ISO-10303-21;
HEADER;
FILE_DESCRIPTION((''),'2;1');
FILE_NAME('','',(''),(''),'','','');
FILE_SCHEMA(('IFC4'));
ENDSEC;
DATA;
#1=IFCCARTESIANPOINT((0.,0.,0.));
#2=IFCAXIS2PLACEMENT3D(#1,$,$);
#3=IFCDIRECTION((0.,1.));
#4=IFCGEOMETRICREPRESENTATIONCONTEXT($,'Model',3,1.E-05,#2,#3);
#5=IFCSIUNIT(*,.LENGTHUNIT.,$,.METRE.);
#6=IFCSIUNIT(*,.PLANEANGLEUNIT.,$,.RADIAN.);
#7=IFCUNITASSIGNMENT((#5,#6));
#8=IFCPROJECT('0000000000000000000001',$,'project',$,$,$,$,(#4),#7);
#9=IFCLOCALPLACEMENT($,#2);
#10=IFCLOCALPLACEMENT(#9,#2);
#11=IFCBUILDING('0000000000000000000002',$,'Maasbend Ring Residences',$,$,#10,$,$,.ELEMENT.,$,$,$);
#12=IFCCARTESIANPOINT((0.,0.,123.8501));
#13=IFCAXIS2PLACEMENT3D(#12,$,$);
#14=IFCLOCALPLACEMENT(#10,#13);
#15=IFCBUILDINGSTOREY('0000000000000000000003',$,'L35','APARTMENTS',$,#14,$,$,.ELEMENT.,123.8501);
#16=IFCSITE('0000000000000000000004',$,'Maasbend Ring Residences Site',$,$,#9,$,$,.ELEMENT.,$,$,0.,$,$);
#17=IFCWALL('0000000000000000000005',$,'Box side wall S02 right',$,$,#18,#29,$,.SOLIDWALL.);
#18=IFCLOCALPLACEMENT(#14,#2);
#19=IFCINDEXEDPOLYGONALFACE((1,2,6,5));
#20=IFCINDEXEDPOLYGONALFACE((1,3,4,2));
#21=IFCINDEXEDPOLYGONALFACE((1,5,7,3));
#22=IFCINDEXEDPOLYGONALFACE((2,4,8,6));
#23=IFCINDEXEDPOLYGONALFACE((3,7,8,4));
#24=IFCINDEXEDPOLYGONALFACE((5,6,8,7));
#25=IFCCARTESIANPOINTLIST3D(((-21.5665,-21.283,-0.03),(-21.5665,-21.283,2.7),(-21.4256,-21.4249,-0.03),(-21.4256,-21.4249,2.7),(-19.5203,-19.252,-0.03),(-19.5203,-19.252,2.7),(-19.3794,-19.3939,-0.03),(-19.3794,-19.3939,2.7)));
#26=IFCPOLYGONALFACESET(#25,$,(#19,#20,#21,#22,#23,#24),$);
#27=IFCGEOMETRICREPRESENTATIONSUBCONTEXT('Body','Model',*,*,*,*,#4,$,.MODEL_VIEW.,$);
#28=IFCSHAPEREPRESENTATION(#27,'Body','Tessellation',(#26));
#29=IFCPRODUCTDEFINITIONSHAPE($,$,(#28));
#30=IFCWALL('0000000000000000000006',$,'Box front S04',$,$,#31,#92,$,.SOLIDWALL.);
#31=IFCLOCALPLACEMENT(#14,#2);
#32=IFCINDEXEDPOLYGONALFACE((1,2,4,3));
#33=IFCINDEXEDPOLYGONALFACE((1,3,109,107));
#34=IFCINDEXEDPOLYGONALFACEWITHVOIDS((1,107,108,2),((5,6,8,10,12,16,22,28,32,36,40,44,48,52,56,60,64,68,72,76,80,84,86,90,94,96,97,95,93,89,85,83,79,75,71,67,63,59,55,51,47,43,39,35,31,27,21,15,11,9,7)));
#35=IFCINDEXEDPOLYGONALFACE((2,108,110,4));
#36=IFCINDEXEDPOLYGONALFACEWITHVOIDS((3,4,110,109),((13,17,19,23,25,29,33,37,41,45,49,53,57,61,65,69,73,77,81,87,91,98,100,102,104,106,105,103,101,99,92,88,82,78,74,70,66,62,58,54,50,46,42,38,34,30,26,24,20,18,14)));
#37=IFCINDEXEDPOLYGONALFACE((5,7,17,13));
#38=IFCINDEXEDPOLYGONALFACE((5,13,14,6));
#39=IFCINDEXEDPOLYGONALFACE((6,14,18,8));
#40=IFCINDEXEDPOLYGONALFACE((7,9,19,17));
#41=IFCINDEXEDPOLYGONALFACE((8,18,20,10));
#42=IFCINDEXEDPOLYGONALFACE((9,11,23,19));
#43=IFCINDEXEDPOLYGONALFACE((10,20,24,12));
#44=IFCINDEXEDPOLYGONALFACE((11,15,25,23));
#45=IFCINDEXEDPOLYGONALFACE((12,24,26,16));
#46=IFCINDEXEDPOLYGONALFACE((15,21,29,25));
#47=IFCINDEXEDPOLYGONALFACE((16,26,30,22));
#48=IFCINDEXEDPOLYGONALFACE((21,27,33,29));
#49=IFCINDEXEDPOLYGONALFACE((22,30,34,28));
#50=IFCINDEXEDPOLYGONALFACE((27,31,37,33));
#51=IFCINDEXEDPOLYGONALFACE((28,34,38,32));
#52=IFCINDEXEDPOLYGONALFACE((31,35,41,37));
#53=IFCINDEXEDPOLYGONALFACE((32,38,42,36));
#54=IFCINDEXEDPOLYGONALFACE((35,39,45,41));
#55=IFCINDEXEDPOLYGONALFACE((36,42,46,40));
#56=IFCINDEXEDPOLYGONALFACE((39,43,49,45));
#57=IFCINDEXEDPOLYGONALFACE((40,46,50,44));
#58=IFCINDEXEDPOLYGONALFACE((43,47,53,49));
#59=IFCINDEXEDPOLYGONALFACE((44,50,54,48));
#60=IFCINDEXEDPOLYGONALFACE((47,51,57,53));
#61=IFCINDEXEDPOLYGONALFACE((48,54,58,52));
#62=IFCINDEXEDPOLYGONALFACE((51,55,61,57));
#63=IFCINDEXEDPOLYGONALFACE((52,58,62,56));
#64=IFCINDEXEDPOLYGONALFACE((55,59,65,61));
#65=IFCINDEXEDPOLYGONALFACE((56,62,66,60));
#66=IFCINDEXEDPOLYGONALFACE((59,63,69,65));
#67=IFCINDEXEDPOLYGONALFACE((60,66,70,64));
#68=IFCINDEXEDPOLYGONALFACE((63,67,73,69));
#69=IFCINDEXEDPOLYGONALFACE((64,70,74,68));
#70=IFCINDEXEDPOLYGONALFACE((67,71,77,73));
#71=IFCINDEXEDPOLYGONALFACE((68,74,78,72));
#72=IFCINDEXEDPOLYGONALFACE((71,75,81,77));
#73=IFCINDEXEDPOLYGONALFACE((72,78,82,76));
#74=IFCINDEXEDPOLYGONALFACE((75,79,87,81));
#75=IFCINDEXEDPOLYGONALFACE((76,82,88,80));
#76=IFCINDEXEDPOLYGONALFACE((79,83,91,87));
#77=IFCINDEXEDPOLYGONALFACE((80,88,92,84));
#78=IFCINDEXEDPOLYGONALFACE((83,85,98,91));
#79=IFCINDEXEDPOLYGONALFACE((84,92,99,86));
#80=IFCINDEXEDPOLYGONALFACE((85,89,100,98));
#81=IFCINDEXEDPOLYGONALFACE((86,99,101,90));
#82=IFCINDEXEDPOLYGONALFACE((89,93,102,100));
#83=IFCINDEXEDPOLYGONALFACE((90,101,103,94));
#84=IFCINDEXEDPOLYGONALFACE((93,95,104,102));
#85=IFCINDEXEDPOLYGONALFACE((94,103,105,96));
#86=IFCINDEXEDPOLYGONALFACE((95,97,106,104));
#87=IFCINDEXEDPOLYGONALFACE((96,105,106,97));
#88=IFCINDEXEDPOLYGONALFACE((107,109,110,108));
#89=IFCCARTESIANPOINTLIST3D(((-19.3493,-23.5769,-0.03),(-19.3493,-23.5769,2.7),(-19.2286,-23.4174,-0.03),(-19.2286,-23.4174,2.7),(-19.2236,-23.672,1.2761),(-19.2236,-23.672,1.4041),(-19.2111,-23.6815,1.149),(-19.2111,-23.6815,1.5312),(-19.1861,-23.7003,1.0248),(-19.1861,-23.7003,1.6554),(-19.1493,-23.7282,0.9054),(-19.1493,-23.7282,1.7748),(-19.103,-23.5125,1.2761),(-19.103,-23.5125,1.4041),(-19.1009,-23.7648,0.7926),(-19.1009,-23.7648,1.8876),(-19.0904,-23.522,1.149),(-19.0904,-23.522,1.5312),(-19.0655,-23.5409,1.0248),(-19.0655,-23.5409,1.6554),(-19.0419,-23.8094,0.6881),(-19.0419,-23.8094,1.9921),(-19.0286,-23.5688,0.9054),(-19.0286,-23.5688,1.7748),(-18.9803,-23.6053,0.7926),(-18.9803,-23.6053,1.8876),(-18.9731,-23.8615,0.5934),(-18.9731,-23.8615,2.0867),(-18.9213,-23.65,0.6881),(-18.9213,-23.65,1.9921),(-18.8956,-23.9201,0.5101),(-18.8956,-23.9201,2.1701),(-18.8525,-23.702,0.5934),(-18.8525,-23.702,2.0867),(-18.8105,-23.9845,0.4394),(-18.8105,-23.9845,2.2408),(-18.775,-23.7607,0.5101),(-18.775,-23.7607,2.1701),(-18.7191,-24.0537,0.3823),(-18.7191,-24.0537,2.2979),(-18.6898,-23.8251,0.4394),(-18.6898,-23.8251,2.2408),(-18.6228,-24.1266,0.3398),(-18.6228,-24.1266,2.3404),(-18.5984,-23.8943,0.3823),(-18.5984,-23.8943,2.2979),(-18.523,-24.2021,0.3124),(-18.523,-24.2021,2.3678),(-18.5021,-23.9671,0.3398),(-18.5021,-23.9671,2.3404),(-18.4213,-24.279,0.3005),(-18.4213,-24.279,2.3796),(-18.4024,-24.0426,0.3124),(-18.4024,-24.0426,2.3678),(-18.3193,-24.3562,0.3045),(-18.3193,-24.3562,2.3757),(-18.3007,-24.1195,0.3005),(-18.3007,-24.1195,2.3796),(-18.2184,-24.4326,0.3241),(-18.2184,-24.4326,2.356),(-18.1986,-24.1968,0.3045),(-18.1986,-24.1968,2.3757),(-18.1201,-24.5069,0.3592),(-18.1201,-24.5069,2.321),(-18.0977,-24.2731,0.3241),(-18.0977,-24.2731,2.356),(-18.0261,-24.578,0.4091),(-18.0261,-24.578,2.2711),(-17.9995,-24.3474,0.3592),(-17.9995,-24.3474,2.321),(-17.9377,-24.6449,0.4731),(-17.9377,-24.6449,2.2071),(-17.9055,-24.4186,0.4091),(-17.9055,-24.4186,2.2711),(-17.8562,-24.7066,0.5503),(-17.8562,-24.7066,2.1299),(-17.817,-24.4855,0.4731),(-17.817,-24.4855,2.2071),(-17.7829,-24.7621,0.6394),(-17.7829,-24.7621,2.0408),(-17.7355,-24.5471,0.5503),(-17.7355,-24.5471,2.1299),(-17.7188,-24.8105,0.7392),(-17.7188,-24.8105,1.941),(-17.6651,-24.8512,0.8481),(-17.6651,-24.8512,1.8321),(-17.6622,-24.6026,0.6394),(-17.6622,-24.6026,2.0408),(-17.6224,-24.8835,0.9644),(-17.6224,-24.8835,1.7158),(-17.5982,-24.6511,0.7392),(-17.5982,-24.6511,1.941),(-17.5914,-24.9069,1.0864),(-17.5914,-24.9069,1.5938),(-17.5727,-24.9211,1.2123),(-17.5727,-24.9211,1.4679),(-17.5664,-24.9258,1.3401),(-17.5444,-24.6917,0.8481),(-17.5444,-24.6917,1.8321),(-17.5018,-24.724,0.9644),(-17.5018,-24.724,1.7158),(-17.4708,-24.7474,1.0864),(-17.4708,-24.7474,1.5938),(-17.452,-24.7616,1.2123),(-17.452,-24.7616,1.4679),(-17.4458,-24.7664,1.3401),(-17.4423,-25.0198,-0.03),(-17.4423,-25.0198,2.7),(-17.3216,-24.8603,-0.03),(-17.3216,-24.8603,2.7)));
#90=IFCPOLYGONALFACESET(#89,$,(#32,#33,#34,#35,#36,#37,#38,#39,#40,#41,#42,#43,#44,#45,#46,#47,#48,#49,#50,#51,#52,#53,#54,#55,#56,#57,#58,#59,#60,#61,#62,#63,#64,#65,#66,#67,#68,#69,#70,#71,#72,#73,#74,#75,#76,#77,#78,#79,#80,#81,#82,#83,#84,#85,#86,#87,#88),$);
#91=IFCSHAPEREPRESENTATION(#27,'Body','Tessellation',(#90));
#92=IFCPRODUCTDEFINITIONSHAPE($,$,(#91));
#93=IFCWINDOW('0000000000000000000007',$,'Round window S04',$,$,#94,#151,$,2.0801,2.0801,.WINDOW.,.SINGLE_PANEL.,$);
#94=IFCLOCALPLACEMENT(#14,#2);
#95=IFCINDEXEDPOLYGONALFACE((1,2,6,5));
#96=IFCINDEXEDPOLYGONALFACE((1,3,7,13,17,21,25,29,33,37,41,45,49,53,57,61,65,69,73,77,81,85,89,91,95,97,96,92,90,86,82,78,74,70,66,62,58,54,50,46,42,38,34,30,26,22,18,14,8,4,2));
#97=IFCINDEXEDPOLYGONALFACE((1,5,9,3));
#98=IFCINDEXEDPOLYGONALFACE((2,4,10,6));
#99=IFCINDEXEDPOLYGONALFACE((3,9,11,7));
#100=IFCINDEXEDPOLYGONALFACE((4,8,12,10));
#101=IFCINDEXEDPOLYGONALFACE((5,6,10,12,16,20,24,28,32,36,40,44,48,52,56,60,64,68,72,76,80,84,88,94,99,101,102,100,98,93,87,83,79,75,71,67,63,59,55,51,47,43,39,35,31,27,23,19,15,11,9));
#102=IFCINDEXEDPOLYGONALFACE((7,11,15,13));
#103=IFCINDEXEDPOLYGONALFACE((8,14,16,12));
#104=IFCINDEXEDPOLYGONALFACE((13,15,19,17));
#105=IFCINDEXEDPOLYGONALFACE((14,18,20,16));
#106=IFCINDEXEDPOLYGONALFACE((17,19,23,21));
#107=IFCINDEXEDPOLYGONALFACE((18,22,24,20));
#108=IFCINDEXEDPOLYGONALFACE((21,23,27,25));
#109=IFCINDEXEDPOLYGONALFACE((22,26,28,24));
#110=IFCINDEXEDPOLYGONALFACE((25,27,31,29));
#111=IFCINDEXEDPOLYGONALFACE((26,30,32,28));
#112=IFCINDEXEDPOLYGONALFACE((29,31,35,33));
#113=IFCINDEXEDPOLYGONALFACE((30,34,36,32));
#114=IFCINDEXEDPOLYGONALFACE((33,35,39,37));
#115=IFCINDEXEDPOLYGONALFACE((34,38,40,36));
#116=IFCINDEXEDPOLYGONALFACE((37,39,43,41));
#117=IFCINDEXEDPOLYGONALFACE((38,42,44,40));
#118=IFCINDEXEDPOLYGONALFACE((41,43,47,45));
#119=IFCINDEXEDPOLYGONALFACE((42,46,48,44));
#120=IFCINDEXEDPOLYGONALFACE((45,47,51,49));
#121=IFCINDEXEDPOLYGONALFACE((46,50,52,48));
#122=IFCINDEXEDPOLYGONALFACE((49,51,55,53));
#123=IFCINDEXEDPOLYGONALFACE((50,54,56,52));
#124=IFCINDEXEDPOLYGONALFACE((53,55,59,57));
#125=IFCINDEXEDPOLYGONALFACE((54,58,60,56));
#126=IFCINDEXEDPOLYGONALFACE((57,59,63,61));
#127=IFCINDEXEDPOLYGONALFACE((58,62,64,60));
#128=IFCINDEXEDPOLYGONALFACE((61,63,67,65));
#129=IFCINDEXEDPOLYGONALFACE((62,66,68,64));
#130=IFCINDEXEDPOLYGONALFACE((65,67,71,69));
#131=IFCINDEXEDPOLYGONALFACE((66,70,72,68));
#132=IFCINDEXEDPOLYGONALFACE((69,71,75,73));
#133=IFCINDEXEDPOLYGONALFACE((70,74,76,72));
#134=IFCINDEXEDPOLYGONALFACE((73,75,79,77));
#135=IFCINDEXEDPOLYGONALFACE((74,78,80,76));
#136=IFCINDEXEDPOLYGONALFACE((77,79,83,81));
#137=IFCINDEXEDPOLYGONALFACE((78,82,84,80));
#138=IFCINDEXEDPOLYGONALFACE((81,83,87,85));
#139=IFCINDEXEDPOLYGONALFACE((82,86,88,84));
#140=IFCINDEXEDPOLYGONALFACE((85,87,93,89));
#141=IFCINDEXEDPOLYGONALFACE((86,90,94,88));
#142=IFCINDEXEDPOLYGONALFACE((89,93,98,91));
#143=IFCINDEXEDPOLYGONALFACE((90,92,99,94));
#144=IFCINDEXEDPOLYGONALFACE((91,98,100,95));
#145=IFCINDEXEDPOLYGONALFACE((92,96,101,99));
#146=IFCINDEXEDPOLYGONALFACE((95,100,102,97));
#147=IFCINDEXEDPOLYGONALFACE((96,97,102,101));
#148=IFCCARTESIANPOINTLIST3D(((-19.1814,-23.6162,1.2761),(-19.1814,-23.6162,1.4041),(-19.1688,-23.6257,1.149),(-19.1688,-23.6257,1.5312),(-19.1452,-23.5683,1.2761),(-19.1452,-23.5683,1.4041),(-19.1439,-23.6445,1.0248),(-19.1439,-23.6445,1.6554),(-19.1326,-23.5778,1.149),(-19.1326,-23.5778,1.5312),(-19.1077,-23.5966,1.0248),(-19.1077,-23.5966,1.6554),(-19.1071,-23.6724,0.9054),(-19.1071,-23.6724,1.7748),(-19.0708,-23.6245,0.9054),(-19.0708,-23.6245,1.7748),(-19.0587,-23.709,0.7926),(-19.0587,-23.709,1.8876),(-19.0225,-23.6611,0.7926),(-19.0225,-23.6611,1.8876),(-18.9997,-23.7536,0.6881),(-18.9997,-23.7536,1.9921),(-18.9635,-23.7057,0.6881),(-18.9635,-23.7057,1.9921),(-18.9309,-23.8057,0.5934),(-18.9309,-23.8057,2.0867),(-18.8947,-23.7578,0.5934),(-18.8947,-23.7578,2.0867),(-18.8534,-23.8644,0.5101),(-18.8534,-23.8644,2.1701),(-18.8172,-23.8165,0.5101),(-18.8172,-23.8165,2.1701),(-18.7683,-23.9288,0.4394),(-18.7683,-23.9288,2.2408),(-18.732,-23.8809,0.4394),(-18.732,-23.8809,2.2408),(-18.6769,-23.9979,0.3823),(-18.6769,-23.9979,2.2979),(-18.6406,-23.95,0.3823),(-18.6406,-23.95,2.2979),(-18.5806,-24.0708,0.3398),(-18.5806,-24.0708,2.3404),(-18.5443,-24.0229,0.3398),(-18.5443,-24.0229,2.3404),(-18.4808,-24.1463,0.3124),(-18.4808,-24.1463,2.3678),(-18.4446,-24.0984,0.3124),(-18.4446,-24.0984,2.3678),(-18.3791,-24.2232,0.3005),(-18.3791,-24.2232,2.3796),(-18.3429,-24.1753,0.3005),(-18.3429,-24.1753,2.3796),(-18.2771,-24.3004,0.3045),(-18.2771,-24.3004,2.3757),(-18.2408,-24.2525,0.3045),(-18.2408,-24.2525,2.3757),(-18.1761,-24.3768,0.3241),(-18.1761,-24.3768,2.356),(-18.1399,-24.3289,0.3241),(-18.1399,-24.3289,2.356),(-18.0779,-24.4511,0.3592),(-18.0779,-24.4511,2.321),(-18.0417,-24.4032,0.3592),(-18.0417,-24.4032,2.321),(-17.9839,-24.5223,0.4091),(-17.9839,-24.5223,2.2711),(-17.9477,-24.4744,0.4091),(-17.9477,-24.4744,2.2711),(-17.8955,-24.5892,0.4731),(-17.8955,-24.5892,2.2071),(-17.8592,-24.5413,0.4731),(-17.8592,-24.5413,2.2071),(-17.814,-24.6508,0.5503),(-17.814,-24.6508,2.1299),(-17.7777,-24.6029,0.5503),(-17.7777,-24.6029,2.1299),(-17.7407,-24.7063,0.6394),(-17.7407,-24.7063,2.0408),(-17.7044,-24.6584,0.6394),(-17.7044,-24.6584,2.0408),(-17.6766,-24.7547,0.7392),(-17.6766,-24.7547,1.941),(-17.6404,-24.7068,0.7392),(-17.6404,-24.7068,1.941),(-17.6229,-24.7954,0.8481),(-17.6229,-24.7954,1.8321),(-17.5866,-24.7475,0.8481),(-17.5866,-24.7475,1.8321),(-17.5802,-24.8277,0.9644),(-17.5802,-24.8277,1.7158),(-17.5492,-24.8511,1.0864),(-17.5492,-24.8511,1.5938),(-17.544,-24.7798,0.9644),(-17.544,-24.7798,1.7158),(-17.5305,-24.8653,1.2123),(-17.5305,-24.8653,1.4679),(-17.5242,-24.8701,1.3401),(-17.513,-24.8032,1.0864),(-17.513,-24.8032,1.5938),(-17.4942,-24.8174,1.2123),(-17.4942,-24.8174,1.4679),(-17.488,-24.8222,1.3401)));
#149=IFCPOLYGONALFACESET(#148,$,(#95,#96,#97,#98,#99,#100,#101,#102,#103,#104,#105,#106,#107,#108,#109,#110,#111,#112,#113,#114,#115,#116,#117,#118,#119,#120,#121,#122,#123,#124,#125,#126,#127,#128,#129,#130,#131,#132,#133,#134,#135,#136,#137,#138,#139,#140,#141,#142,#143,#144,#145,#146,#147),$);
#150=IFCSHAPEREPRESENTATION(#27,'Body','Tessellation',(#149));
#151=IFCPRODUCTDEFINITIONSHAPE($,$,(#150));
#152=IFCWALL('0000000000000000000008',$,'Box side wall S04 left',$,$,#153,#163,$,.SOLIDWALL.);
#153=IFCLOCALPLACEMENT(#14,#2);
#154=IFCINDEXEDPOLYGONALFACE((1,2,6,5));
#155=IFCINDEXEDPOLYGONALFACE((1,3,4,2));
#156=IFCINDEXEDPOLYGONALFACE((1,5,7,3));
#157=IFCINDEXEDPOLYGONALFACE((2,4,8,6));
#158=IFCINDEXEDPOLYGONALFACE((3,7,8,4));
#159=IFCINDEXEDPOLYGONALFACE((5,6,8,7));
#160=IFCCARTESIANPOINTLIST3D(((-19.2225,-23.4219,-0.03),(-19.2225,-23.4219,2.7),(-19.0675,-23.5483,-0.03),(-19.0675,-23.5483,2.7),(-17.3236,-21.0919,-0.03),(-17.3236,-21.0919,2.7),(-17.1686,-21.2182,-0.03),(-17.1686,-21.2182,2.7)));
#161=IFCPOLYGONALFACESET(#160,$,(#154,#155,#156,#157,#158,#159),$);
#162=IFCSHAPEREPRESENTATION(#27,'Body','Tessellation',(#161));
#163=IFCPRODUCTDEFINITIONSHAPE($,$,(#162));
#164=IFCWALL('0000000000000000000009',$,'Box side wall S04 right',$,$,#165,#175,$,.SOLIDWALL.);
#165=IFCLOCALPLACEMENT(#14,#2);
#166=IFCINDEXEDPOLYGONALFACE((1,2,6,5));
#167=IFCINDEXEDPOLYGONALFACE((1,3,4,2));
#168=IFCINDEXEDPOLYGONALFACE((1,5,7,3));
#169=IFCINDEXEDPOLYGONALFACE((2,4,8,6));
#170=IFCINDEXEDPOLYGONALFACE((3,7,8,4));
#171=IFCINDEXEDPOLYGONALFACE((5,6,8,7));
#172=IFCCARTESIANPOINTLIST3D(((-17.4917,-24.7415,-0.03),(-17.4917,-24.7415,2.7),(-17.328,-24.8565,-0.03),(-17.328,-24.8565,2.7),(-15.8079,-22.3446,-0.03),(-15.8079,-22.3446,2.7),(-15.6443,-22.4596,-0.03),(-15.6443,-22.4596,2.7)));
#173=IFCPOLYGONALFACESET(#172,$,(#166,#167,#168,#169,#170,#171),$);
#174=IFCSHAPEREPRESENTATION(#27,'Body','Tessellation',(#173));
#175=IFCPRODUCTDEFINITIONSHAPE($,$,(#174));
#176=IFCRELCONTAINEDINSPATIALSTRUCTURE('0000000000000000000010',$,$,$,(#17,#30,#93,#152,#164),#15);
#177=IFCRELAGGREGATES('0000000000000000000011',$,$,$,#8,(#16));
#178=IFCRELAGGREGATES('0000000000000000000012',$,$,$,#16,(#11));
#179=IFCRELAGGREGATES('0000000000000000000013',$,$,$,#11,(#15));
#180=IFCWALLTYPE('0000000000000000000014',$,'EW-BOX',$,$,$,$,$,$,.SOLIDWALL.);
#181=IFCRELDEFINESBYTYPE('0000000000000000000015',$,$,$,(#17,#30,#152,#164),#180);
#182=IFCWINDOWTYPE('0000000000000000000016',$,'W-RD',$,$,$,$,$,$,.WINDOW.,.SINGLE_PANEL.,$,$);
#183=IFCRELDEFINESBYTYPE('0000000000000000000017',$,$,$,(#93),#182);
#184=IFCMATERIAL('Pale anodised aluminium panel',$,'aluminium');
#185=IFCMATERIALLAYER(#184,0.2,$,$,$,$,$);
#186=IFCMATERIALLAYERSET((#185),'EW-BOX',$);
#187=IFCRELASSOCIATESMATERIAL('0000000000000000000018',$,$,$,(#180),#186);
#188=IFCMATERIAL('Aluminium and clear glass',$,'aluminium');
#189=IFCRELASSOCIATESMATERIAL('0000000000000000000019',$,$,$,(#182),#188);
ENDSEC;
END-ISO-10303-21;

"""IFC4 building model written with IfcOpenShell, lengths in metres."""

from ifc_helpers import new_model, si_unit, direction, frame, frame_2d, origin, place, context, subcontext, project, spatial, rectangle, circle, extrude, material, layer, layer_set, type_object, element, fill, save


model = new_model("IFC4")

# Units and contexts
model_context = context("Model", 3, precision=1e-05, world=origin(), true_north=direction((0.0, 1.0)))
body_context = subcontext(model_context, "Body", "Model", "MODEL_VIEW")
ifc_project = project(units=[si_unit("LENGTHUNIT", "METRE"), si_unit("PLANEANGLEUNIT", "RADIAN")], contexts=[model_context])

# Site, building, storey
site_placement = place(None, origin())
site = spatial("IfcSite", under=ifc_project, at=site_placement, Name="Maasbend Ring Residences Site", CompositionType="ELEMENT", RefElevation=0.0)
building_placement = place(site_placement, origin())
building = spatial("IfcBuilding", under=site, at=building_placement, Name="Maasbend Ring Residences", CompositionType="ELEMENT")
storey_placement = place(building_placement, frame((0.0, 0.0, 123.8501)))
storey = spatial("IfcBuildingStorey", under=building, at=storey_placement, Name="L35", Description="APARTMENTS", CompositionType="ELEMENT", Elevation=123.8501)

# Shared definitions
ifc_material_1 = material(Name="Pale anodised aluminium panel", Category="aluminium")
ifc_layer_1 = layer(ifc_material_1, 0.2)
ifc_layer_set_1 = layer_set([ifc_layer_1], Name="EW-BOX")
wall_type_1 = type_object("IfcWallType", Name="EW-BOX", PredefinedType="SOLIDWALL", material=ifc_layer_set_1)
ifc_material_2 = material(Name="Aluminium and clear glass", Category="aluminium")
window_type_1 = type_object("IfcWindowType", Name="W-RD", PartitioningType="SINGLE_PANEL", PredefinedType="WINDOW", material=ifc_material_2)

# Wall
wall_1_placement = place(storey_placement, frame((-19.45, -19.323, -0.03), z_axis=(0.0, 0.0, 1.0), x_axis=(-0.709727, -0.704477, 0.0)))
element("IfcWall", 1, at=wall_1_placement, inside=storey, type_object=wall_type_1, Name="Box side wall S02 right", PredefinedType="SOLIDWALL", context=body_context, shape_type="SweptSolid", body=[
    extrude(rectangle(XDim=2.8831, YDim=0.2, at=frame_2d((1.4414, 0.0))), origin(), (0.0, 0.0, 1.0), 2.73),
])

# Wall, opening, window
wall_2_placement = place(storey_placement, frame((-19.2891, -23.4971, -0.03), z_axis=(0.0, 0.0, 1.0), x_axis=(0.797457, -0.603376, 0.0)))
wall_2 = element("IfcWall", 2, at=wall_2_placement, inside=storey, type_object=wall_type_1, Name="Box front S04", PredefinedType="SOLIDWALL", context=body_context, shape_type="SweptSolid", body=[
    extrude(rectangle(XDim=2.3914, YDim=0.2, at=frame_2d((1.1958, 0.0))), origin(), (0.0, 0.0, 1.0), 2.73),
])
opening_1_placement = place(wall_2_placement, frame((0.1558, 0.0, 0.3301)))
opening_1 = element("IfcOpeningElement", 3, at=opening_1_placement, cuts=wall_2, PredefinedType="OPENING", context=body_context, shape_type="SweptSolid", body=[
    extrude(circle(Radius=1.04, at=frame_2d((1.04, 1.04))), frame((0.0, 0.1099, 0.0), z_axis=(0.0, -1.0, 0.0), x_axis=(1.0, 0.0, 0.0)), (0.0, 0.0, 1.0), 0.22),
])
window_1_placement = place(opening_1_placement, origin())
window_1 = element("IfcWindow", 4, at=window_1_placement, inside=storey, type_object=window_type_1, Name="Round window S04", OverallHeight=2.0801, OverallWidth=2.0801, PartitioningType="SINGLE_PANEL", PredefinedType="WINDOW", context=body_context, shape_type="SweptSolid", body=[
    extrude(circle(Radius=1.04, at=frame_2d((1.04, 1.04))), frame((0.0, 0.03, 0.0), z_axis=(0.0, -1.0, 0.0), x_axis=(1.0, 0.0, 0.0)), (0.0, 0.0, 1.0), 0.0601),
])
fill(opening_1, window_1)

# Walls
wall_3_placement = place(storey_placement, frame((-17.2461, -21.155, -0.03), z_axis=(0.0, 0.0, 1.0), x_axis=(-0.631742, -0.775179, 0.0)))
element("IfcWall", 5, at=wall_3_placement, inside=storey, type_object=wall_type_1, Name="Box side wall S04 left", PredefinedType="SOLIDWALL", context=body_context, shape_type="SweptSolid", body=[
    extrude(rectangle(XDim=3.0059, YDim=0.2, at=frame_2d((1.5029, 0.0))), origin(), (0.0, 0.0, 1.0), 2.73),
])
wall_4_placement = place(storey_placement, frame((-15.7261, -22.4021, -0.03), z_axis=(0.0, 0.0, 1.0), x_axis=(-0.574826, -0.818275, 0.0)))
element("IfcWall", 6, at=wall_4_placement, inside=storey, type_object=wall_type_1, Name="Box side wall S04 right", PredefinedType="SOLIDWALL", context=body_context, shape_type="SweptSolid", body=[
    extrude(rectangle(XDim=2.9292, YDim=0.2, at=frame_2d((1.4646, 0.0))), origin(), (0.0, 0.0, 1.0), 2.73),
])

save(model, "model.ifc")
